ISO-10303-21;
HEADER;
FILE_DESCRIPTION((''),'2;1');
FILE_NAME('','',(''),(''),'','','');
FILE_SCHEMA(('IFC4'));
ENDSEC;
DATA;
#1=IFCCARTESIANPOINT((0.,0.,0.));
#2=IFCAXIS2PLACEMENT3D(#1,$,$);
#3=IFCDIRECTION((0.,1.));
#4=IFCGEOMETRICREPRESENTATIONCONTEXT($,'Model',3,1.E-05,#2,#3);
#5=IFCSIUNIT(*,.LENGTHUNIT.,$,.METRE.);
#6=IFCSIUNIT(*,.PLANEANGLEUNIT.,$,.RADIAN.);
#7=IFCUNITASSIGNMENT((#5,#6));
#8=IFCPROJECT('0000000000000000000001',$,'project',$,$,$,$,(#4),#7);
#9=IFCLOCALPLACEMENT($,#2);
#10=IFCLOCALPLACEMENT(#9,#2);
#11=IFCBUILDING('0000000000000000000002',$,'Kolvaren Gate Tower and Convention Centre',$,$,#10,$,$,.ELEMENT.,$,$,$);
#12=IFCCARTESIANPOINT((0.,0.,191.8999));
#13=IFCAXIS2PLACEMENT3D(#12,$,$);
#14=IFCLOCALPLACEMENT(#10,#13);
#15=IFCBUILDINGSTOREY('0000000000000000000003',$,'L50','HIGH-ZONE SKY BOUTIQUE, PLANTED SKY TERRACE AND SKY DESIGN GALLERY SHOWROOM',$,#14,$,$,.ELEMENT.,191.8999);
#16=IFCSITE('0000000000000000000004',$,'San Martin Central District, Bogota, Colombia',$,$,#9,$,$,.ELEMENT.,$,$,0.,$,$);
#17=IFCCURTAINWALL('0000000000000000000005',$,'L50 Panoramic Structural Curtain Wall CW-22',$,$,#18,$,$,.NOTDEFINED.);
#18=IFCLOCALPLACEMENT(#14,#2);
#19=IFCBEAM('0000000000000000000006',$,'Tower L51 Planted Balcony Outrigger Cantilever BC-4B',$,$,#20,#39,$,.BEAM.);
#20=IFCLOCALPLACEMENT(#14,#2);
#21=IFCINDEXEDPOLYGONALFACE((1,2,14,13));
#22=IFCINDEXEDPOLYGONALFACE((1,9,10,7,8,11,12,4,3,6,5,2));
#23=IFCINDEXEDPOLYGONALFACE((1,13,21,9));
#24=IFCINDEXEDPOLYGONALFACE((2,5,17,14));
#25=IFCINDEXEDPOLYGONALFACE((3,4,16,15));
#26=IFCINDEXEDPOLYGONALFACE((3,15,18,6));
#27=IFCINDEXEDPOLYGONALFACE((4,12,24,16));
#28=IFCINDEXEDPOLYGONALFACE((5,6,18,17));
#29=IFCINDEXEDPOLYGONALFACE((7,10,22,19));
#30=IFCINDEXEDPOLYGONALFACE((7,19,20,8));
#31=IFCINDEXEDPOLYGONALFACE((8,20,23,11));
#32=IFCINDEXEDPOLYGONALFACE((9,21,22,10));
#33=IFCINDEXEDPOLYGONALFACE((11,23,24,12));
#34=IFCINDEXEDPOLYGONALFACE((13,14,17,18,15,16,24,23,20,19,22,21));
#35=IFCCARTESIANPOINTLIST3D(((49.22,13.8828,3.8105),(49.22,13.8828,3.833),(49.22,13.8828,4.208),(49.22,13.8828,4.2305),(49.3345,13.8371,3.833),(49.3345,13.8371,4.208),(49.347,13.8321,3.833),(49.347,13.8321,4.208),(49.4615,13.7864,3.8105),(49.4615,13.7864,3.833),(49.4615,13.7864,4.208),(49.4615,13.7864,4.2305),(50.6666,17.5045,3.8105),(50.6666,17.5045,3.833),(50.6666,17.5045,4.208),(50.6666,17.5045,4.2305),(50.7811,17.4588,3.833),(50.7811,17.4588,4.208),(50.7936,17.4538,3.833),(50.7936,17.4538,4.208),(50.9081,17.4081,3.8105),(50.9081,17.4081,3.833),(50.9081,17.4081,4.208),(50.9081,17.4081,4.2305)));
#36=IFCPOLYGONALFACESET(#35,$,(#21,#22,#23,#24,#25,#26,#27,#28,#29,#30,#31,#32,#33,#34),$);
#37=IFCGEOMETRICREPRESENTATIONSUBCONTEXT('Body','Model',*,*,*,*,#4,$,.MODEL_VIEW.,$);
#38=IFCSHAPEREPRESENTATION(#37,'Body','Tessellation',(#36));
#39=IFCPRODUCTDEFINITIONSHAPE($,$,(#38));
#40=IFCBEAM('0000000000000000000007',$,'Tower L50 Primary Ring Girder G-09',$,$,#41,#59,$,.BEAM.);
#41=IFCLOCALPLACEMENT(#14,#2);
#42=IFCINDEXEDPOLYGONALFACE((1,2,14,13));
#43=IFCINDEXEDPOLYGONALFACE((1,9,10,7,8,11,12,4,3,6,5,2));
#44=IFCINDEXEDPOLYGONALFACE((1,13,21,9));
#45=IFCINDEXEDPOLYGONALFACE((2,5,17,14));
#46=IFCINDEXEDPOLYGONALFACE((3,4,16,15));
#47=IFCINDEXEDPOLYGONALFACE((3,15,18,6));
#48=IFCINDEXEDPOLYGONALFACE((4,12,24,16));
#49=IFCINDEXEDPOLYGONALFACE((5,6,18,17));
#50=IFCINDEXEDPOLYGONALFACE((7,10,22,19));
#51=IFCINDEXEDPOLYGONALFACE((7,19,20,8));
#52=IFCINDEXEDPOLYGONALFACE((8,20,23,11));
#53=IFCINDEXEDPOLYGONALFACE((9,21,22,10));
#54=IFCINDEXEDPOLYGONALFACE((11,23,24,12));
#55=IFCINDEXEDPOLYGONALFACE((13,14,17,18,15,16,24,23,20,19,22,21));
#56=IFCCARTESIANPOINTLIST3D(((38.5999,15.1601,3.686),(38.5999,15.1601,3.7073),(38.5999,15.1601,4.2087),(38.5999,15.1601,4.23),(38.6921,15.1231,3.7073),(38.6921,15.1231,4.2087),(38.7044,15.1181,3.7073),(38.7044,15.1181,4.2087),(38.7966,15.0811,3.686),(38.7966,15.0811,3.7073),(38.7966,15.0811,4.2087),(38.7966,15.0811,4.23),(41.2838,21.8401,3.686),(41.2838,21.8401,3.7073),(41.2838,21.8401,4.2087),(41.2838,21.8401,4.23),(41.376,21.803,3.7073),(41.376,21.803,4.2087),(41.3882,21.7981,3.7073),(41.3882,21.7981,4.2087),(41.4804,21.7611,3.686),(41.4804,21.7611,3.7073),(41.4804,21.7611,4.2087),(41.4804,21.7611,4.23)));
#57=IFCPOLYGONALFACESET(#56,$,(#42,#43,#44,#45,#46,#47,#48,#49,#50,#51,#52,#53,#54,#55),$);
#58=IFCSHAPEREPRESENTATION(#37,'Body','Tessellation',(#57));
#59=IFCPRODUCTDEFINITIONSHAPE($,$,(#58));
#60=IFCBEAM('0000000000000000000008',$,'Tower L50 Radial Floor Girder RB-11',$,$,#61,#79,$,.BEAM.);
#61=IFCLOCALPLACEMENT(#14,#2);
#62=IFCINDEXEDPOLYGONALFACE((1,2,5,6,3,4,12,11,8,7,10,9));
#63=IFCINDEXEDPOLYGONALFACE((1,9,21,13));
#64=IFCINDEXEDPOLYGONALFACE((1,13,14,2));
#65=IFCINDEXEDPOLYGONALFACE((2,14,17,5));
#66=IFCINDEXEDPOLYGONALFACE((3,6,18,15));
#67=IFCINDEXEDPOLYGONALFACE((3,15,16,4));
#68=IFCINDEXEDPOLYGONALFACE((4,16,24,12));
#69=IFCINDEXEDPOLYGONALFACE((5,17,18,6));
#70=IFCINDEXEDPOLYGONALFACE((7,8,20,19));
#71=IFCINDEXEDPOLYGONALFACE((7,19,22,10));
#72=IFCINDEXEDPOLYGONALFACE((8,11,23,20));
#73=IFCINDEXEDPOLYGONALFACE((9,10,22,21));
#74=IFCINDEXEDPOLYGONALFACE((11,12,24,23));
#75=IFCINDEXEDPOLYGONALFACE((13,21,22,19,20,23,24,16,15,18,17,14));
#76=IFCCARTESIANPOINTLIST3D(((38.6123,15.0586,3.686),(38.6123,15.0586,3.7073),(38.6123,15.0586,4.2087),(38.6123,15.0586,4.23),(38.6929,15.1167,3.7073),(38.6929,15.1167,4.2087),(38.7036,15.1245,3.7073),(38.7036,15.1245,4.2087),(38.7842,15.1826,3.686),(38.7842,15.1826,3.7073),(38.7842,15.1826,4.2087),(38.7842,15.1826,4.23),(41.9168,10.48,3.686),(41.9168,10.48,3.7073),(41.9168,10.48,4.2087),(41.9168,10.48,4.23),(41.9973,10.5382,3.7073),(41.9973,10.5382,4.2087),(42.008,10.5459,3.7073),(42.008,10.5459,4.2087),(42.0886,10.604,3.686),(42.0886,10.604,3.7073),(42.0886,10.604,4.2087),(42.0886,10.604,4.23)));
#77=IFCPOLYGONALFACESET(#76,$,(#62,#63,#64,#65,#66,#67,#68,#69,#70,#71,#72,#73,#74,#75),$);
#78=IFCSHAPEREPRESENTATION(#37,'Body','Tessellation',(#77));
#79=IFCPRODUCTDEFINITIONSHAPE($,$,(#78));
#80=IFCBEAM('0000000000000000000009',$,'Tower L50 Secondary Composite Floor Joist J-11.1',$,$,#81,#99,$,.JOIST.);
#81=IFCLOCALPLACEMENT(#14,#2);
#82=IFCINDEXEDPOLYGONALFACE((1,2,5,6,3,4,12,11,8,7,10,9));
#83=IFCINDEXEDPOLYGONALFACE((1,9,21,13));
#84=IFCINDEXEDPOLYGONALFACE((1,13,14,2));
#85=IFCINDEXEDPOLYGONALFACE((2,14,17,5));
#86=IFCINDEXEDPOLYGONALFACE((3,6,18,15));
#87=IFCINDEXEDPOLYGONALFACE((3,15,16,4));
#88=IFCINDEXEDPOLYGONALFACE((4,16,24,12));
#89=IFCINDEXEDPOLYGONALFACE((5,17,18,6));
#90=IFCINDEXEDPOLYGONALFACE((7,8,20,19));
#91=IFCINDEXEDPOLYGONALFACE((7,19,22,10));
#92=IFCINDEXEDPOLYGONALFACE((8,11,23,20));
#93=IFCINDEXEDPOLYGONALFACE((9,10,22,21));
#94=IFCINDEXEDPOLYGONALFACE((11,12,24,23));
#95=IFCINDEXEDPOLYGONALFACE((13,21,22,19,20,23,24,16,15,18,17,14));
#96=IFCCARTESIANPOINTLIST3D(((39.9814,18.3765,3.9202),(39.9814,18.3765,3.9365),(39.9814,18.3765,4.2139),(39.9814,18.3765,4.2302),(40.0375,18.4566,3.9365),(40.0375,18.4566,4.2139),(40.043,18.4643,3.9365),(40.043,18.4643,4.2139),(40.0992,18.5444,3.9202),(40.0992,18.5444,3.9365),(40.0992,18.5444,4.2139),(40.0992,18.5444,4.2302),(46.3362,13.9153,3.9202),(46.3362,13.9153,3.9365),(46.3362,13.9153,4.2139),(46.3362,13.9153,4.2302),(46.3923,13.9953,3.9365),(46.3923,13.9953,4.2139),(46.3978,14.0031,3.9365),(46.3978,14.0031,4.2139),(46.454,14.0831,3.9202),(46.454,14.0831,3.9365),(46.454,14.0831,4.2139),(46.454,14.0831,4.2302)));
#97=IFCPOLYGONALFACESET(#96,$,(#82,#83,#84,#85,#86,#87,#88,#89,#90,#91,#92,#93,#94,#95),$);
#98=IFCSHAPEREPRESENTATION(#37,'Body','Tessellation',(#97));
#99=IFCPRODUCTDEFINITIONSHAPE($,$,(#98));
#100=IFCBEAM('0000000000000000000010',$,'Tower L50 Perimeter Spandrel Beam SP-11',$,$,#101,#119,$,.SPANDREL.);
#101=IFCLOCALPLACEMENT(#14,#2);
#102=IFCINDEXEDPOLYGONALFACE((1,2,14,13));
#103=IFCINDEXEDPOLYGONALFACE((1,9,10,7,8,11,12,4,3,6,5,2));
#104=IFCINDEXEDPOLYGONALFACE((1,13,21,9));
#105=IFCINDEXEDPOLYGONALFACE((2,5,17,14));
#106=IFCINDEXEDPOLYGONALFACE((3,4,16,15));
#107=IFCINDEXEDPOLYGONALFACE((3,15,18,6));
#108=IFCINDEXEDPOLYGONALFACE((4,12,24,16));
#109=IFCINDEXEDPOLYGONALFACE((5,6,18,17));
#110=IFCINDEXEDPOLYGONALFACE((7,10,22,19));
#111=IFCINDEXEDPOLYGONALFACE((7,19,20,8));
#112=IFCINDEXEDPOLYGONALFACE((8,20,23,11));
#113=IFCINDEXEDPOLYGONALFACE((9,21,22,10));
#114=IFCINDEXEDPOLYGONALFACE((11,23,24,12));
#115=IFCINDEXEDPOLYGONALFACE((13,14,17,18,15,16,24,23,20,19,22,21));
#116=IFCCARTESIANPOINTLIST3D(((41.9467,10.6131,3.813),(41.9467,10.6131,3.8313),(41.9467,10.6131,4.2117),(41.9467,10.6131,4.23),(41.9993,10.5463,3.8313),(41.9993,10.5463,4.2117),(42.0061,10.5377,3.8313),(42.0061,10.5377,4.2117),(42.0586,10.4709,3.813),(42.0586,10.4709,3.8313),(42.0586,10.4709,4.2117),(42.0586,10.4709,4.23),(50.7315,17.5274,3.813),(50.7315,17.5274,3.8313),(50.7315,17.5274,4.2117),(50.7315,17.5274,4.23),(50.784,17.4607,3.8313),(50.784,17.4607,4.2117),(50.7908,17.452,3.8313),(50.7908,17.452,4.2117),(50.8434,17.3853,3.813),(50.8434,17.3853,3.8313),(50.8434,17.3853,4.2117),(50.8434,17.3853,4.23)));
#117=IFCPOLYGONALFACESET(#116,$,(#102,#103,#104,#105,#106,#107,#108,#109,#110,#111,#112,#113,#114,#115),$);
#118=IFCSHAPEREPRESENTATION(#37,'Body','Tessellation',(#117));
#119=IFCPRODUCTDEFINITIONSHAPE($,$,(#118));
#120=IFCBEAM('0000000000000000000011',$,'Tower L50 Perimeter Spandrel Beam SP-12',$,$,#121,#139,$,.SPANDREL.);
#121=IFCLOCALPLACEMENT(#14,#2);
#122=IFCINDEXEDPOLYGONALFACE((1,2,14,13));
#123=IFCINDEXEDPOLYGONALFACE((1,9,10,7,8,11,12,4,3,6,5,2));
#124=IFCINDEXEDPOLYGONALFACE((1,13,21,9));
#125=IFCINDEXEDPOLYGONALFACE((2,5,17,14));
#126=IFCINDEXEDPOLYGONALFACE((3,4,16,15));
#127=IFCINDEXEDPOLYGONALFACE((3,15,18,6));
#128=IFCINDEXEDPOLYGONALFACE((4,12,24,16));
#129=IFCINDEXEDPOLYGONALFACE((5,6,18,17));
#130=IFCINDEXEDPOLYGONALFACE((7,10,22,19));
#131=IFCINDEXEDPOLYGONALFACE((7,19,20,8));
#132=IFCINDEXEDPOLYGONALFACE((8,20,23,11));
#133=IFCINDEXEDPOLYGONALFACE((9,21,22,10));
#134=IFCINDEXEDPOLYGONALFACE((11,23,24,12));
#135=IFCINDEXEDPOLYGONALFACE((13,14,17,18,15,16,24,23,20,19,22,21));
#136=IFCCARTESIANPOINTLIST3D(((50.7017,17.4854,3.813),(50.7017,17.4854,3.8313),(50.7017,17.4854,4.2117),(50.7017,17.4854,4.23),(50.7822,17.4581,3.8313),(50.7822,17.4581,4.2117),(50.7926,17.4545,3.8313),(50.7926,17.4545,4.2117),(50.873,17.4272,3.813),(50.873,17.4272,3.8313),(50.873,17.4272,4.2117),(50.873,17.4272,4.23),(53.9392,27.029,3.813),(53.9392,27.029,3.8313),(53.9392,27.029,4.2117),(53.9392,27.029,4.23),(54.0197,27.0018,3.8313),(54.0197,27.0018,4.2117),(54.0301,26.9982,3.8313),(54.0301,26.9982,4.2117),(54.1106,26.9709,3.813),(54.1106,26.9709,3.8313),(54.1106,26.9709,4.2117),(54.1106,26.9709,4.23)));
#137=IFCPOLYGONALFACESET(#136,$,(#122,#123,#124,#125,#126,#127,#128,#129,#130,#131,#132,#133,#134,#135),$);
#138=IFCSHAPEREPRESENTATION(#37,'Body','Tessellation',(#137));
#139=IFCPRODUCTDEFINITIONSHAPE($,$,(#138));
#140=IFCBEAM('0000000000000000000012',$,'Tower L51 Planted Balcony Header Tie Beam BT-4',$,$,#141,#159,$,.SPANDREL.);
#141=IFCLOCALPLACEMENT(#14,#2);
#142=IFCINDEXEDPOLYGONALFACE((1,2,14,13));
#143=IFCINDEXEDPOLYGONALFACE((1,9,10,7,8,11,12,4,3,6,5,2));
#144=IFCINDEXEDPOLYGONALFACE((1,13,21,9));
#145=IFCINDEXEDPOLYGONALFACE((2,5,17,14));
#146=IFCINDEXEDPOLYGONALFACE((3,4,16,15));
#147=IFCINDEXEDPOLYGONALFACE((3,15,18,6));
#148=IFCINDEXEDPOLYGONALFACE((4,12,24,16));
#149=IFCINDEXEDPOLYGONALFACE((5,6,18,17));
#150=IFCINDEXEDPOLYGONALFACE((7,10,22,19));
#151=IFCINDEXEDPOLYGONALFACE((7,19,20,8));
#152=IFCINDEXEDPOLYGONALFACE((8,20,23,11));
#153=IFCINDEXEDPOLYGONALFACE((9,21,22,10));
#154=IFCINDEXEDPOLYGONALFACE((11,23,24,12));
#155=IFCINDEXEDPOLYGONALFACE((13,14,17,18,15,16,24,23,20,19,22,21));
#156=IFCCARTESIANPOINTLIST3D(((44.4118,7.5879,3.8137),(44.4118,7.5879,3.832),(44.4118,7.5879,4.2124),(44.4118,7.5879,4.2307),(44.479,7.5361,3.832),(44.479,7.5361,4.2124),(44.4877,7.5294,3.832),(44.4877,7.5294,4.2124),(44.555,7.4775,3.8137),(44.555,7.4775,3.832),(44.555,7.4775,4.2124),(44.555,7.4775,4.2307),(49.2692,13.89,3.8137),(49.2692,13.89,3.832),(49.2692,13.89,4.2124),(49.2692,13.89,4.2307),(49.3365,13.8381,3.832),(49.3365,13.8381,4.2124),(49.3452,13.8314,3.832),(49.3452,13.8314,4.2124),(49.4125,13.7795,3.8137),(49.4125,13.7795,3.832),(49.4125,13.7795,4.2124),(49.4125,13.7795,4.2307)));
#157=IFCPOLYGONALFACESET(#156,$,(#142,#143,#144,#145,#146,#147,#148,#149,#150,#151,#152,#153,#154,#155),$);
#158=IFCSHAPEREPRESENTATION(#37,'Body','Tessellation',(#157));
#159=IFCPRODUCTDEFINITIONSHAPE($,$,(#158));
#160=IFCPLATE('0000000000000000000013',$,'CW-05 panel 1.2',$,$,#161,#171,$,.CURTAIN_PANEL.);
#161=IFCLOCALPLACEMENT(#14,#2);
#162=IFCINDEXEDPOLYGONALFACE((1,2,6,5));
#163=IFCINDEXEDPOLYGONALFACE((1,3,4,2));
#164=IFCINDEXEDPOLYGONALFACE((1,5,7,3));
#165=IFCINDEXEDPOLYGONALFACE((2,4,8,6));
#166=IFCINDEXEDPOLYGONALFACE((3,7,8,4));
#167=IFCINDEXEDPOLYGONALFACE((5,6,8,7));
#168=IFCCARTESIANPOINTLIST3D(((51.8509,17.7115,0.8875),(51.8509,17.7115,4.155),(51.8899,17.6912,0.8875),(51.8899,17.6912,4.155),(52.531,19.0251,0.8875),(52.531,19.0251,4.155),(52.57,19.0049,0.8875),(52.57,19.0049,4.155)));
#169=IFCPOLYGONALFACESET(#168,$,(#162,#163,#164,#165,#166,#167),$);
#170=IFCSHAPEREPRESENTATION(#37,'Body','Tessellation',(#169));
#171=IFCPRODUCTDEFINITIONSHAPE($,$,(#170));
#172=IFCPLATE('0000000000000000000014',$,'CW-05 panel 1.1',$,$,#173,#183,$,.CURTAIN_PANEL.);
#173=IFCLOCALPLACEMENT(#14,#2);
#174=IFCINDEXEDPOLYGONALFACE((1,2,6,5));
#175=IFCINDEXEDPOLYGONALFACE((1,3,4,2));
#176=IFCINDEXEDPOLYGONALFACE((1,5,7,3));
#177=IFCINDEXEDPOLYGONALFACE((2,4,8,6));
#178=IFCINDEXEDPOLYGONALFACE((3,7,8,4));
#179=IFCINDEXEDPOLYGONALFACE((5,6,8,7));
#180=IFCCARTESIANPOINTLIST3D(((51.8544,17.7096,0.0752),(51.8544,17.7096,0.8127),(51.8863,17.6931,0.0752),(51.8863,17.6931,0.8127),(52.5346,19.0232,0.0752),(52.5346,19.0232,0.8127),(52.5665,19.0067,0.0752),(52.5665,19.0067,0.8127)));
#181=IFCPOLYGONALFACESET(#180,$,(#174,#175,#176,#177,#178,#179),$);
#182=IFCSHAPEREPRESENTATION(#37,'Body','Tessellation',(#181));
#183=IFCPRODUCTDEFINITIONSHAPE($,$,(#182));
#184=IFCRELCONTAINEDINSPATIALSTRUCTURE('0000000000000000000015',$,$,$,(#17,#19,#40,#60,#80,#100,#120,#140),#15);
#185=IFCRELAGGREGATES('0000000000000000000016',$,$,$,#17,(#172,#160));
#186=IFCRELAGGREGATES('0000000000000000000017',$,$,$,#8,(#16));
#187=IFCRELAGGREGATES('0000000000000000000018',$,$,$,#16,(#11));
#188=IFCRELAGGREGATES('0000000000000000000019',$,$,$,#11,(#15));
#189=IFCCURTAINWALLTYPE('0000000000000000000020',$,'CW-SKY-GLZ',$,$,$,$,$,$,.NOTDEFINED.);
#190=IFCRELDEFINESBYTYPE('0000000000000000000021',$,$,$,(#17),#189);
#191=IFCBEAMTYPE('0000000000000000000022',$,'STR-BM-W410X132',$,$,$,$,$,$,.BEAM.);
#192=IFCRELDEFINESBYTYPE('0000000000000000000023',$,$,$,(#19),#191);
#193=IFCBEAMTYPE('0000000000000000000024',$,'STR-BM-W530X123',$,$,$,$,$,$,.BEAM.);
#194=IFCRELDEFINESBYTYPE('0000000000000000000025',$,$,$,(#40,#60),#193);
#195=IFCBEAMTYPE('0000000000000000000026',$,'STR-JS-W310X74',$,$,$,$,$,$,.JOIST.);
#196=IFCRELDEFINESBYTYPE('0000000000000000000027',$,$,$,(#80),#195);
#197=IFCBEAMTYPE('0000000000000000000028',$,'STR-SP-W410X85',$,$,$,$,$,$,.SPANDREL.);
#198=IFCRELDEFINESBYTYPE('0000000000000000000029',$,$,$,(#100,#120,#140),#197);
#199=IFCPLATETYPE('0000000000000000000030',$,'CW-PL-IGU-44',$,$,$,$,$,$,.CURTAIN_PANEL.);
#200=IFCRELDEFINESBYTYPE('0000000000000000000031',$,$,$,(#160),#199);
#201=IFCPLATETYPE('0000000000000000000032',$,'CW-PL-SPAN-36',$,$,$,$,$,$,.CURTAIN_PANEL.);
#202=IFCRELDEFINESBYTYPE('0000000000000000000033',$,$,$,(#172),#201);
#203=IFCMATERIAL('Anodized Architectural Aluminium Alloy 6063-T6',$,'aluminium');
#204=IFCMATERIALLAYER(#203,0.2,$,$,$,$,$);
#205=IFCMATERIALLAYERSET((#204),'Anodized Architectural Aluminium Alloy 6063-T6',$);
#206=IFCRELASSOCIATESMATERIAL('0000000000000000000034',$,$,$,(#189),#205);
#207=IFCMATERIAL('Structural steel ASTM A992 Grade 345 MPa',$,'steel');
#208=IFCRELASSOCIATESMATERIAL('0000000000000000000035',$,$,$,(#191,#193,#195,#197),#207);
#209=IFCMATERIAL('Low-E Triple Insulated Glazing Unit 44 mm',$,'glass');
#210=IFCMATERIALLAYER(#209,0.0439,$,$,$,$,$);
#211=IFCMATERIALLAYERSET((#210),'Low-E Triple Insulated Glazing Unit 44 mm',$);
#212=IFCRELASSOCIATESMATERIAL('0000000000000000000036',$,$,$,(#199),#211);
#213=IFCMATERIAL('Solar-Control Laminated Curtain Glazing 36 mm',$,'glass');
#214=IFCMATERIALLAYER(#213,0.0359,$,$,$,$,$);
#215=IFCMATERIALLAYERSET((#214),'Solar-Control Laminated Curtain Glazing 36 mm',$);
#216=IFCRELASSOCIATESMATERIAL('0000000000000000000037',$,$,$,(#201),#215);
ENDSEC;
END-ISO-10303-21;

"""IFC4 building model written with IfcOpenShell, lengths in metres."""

from ifc_helpers import new_model, si_unit, direction, frame, origin, origin_2d, place, context, subcontext, project, spatial, rectangle, i_section, extrude, material, layer, layer_set, material_profile, profile_set, type_object, element, aggregate, save


model = new_model("IFC4")

# Units and contexts
model_context = context("Model", 3, precision=1e-05, world=origin(), true_north=direction((0.0, 1.0)))
body_context = subcontext(model_context, "Body", "Model", "MODEL_VIEW")
ifc_project = project(units=[si_unit("LENGTHUNIT", "METRE"), si_unit("PLANEANGLEUNIT", "RADIAN")], contexts=[model_context])

# Site, building, storey
site_placement = place(None, origin())
site = spatial("IfcSite", under=ifc_project, at=site_placement, Name="San Martin Central District, Bogota, Colombia", CompositionType="ELEMENT", RefElevation=0.0)
building_placement = place(site_placement, origin())
building = spatial("IfcBuilding", under=site, at=building_placement, Name="Kolvaren Gate Tower and Convention Centre", CompositionType="ELEMENT")
storey_placement = place(building_placement, frame((0.0, 0.0, 191.8999)))
storey = spatial("IfcBuildingStorey", under=building, at=storey_placement, Name="L50", Description="HIGH-ZONE SKY BOUTIQUE, PLANTED SKY TERRACE AND SKY DESIGN GALLERY SHOWROOM", CompositionType="ELEMENT", Elevation=191.8999)

# Curtain wall
ifc_material_1 = material(Name="Anodized Architectural Aluminium Alloy 6063-T6", Category="aluminium")
ifc_layer_1 = layer(ifc_material_1, 0.2)
ifc_layer_set_1 = layer_set([ifc_layer_1], Name="Anodized Architectural Aluminium Alloy 6063-T6")
curtain_wall_type = type_object("IfcCurtainWallType", Name="CW-SKY-GLZ", PredefinedType="NOTDEFINED", material=ifc_layer_set_1)
curtain_wall_placement = place(storey_placement, origin())
curtain_wall = element("IfcCurtainWall", 1, at=curtain_wall_placement, inside=storey, type_object=curtain_wall_type, Name="L50 Panoramic Structural Curtain Wall CW-22", PredefinedType="NOTDEFINED")

# Beams
ifc_material_2 = material(Name="Structural steel ASTM A992 Grade 345 MPa", Category="steel")
ifc_material_profile_1 = material_profile(ifc_material_2, i_section(OverallWidth=0.26, OverallDepth=0.4199, WebThickness=0.0134, FlangeThickness=0.0225, at=origin_2d()), Name="W410X132")
ifc_profile_set_1 = profile_set([ifc_material_profile_1], Name="Structural steel ASTM A992 Grade 345 MPa")
beam_type_1 = type_object("IfcBeamType", Name="STR-BM-W410X132", PredefinedType="BEAM", material=ifc_profile_set_1)
for number, where, z_axis, x_axis, name in (
    (2, (50.7874, 17.4563, 4.0205), (-0.370926, -0.928662, 0.0), (0.928662, -0.370926, 0.0), "Tower L51 Planted Balcony Outrigger Cantilever BC-4B"),
):
    element("IfcBeam", number, at=place(storey_placement, frame(where, z_axis=z_axis, x_axis=x_axis)), inside=storey, type_object=beam_type_1, Name=name, PredefinedType="BEAM", context=body_context, shape_type="SweptSolid", body=[
        extrude(i_section(OverallWidth=0.26, OverallDepth=0.4199, WebThickness=0.0134, FlangeThickness=0.0225, at=origin_2d()), origin(), (0.0, 0.0, 1.0), 3.8999),
    ])
ifc_material_profile_2 = material_profile(ifc_material_2, i_section(OverallWidth=0.2119, OverallDepth=0.5439, WebThickness=0.0132, FlangeThickness=0.0212, at=origin_2d()), Name="W530X123")
ifc_profile_set_2 = profile_set([ifc_material_profile_2], Name="Structural steel ASTM A992 Grade 345 MPa")
beam_type_2 = type_object("IfcBeamType", Name="STR-BM-W530X123", PredefinedType="BEAM", material=ifc_profile_set_2)
beam_1_placement = place(storey_placement, frame((38.6982, 15.1206, 3.958), z_axis=(0.372811, 0.927907, 0.0), x_axis=(-0.927907, 0.372811, 0.0)))
element("IfcBeam", 3, at=beam_1_placement, inside=storey, type_object=beam_type_2, Name="Tower L50 Primary Ring Girder G-09", PredefinedType="BEAM", context=body_context, shape_type="SweptSolid", body=[
    extrude(i_section(OverallWidth=0.2119, OverallDepth=0.5439, WebThickness=0.0132, FlangeThickness=0.0212, at=origin_2d()), origin(), (0.0, 0.0, 1.0), 7.199),
])
beam_2_placement = place(storey_placement, frame((38.6982, 15.1206, 3.958), z_axis=(0.585219, -0.810875, 0.0), x_axis=(0.810875, 0.585219, 0.0)))
element("IfcBeam", 4, at=beam_2_placement, inside=storey, type_object=beam_type_2, Name="Tower L50 Radial Floor Girder RB-11", PredefinedType="BEAM", context=body_context, shape_type="SweptSolid", body=[
    extrude(i_section(OverallWidth=0.2119, OverallDepth=0.5439, WebThickness=0.0132, FlangeThickness=0.0212, at=origin_2d()), origin(), (0.0, 0.0, 1.0), 5.6465),
])
ifc_material_profile_3 = material_profile(ifc_material_2, i_section(OverallWidth=0.2051, OverallDepth=0.3101, WebThickness=0.0095, FlangeThickness=0.0164, at=origin_2d()), Name="W310X74")
ifc_profile_set_3 = profile_set([ifc_material_profile_3], Name="Structural steel ASTM A992 Grade 345 MPa")
beam_type_3 = type_object("IfcBeamType", Name="STR-JS-W310X74", PredefinedType="JOIST", material=ifc_profile_set_3)
beam_3_placement = place(storey_placement, frame((40.0403, 18.4604, 4.0752), z_axis=(0.818453, -0.574574, 0.0), x_axis=(0.574574, 0.818453, 0.0)))
element("IfcBeam", 5, at=beam_3_placement, inside=storey, type_object=beam_type_3, Name="Tower L50 Secondary Composite Floor Joist J-11.1", PredefinedType="JOIST", context=body_context, shape_type="SweptSolid", body=[
    extrude(i_section(OverallWidth=0.2051, OverallDepth=0.3101, WebThickness=0.0095, FlangeThickness=0.0164, at=origin_2d()), origin(), (0.0, 0.0, 1.0), 7.7644),
])
ifc_material_profile_4 = material_profile(ifc_material_2, i_section(OverallWidth=0.1809, OverallDepth=0.417, WebThickness=0.011, FlangeThickness=0.0183, at=origin_2d()), Name="W410X85")
ifc_profile_set_4 = profile_set([ifc_material_profile_4], Name="Structural steel ASTM A992 Grade 345 MPa")
beam_type_4 = type_object("IfcBeamType", Name="STR-SP-W410X85", PredefinedType="SPANDREL", material=ifc_profile_set_4)
beam_4_placement = place(storey_placement, frame((42.0027, 10.542, 4.0215), z_axis=(0.785794, 0.618489, 0.0), x_axis=(-0.618489, 0.785794, 0.0)))
element("IfcBeam", 6, at=beam_4_placement, inside=storey, type_object=beam_type_4, Name="Tower L50 Perimeter Spandrel Beam SP-11", PredefinedType="SPANDREL", context=body_context, shape_type="SweptSolid", body=[
    extrude(i_section(OverallWidth=0.1809, OverallDepth=0.417, WebThickness=0.011, FlangeThickness=0.0183, at=origin_2d()), origin(), (0.0, 0.0, 1.0), 11.1794),
])
beam_5_placement = place(storey_placement, frame((50.7874, 17.4563, 4.0215), z_axis=(0.321253, 0.946994, 0.0), x_axis=(-0.946994, 0.321253, 0.0)))
element("IfcBeam", 7, at=beam_5_placement, inside=storey, type_object=beam_type_4, Name="Tower L50 Perimeter Spandrel Beam SP-12", PredefinedType="SPANDREL", context=body_context, shape_type="SweptSolid", body=[
    extrude(i_section(OverallWidth=0.1809, OverallDepth=0.417, WebThickness=0.011, FlangeThickness=0.0183, at=origin_2d()), origin(), (0.0, 0.0, 1.0), 10.0779),
])
beam_6_placement = place(storey_placement, frame((44.4834, 7.5327, 4.0222), z_axis=(0.610479, 0.792033, 0.0), x_axis=(-0.792033, 0.610479, 0.0)))
element("IfcBeam", 8, at=beam_6_placement, inside=storey, type_object=beam_type_4, Name="Tower L51 Planted Balcony Header Tie Beam BT-4", PredefinedType="SPANDREL", context=body_context, shape_type="SweptSolid", body=[
    extrude(i_section(OverallWidth=0.1809, OverallDepth=0.417, WebThickness=0.011, FlangeThickness=0.0183, at=origin_2d()), origin(), (0.0, 0.0, 1.0), 7.9568),
])

# Plates
ifc_material_3 = material(Name="Low-E Triple Insulated Glazing Unit 44 mm", Category="glass")
ifc_layer_2 = layer(ifc_material_3, 0.0439)
ifc_layer_set_2 = layer_set([ifc_layer_2], Name="Low-E Triple Insulated Glazing Unit 44 mm")
plate_type_1 = type_object("IfcPlateType", Name="CW-PL-IGU-44", PredefinedType="CURTAIN_PANEL", material=ifc_layer_set_2)
plate_1_placement = place(storey_placement, frame((52.2104, 18.3582, 0.8875), z_axis=(0.0, 0.0, 1.0), x_axis=(0.4598, 0.888023, 0.0)))
plate_1 = element("IfcPlate", 9, at=plate_1_placement, type_object=plate_type_1, Name="CW-05 panel 1.2", PredefinedType="CURTAIN_PANEL", context=body_context, shape_type="SweptSolid", body=[
    extrude(rectangle(XDim=1.4792, YDim=0.0439, at=origin_2d()), origin(), (0.0, 0.0, 1.0), 3.2676),
])
ifc_material_4 = material(Name="Solar-Control Laminated Curtain Glazing 36 mm", Category="glass")
ifc_layer_3 = layer(ifc_material_4, 0.0359)
ifc_layer_set_3 = layer_set([ifc_layer_3], Name="Solar-Control Laminated Curtain Glazing 36 mm")
plate_type_2 = type_object("IfcPlateType", Name="CW-PL-SPAN-36", PredefinedType="CURTAIN_PANEL", material=ifc_layer_set_3)
plate_2_placement = place(storey_placement, frame((52.2104, 18.3582, 0.0752), z_axis=(0.0, 0.0, 1.0), x_axis=(0.4598, 0.888023, 0.0)))
plate_2 = element("IfcPlate", 10, at=plate_2_placement, type_object=plate_type_2, Name="CW-05 panel 1.1", PredefinedType="CURTAIN_PANEL", context=body_context, shape_type="SweptSolid", body=[
    extrude(rectangle(XDim=1.4792, YDim=0.0359, at=origin_2d()), origin(), (0.0, 0.0, 1.0), 0.7375),
])
aggregate(curtain_wall, [plate_2, plate_1])

save(model, "model.ifc")
